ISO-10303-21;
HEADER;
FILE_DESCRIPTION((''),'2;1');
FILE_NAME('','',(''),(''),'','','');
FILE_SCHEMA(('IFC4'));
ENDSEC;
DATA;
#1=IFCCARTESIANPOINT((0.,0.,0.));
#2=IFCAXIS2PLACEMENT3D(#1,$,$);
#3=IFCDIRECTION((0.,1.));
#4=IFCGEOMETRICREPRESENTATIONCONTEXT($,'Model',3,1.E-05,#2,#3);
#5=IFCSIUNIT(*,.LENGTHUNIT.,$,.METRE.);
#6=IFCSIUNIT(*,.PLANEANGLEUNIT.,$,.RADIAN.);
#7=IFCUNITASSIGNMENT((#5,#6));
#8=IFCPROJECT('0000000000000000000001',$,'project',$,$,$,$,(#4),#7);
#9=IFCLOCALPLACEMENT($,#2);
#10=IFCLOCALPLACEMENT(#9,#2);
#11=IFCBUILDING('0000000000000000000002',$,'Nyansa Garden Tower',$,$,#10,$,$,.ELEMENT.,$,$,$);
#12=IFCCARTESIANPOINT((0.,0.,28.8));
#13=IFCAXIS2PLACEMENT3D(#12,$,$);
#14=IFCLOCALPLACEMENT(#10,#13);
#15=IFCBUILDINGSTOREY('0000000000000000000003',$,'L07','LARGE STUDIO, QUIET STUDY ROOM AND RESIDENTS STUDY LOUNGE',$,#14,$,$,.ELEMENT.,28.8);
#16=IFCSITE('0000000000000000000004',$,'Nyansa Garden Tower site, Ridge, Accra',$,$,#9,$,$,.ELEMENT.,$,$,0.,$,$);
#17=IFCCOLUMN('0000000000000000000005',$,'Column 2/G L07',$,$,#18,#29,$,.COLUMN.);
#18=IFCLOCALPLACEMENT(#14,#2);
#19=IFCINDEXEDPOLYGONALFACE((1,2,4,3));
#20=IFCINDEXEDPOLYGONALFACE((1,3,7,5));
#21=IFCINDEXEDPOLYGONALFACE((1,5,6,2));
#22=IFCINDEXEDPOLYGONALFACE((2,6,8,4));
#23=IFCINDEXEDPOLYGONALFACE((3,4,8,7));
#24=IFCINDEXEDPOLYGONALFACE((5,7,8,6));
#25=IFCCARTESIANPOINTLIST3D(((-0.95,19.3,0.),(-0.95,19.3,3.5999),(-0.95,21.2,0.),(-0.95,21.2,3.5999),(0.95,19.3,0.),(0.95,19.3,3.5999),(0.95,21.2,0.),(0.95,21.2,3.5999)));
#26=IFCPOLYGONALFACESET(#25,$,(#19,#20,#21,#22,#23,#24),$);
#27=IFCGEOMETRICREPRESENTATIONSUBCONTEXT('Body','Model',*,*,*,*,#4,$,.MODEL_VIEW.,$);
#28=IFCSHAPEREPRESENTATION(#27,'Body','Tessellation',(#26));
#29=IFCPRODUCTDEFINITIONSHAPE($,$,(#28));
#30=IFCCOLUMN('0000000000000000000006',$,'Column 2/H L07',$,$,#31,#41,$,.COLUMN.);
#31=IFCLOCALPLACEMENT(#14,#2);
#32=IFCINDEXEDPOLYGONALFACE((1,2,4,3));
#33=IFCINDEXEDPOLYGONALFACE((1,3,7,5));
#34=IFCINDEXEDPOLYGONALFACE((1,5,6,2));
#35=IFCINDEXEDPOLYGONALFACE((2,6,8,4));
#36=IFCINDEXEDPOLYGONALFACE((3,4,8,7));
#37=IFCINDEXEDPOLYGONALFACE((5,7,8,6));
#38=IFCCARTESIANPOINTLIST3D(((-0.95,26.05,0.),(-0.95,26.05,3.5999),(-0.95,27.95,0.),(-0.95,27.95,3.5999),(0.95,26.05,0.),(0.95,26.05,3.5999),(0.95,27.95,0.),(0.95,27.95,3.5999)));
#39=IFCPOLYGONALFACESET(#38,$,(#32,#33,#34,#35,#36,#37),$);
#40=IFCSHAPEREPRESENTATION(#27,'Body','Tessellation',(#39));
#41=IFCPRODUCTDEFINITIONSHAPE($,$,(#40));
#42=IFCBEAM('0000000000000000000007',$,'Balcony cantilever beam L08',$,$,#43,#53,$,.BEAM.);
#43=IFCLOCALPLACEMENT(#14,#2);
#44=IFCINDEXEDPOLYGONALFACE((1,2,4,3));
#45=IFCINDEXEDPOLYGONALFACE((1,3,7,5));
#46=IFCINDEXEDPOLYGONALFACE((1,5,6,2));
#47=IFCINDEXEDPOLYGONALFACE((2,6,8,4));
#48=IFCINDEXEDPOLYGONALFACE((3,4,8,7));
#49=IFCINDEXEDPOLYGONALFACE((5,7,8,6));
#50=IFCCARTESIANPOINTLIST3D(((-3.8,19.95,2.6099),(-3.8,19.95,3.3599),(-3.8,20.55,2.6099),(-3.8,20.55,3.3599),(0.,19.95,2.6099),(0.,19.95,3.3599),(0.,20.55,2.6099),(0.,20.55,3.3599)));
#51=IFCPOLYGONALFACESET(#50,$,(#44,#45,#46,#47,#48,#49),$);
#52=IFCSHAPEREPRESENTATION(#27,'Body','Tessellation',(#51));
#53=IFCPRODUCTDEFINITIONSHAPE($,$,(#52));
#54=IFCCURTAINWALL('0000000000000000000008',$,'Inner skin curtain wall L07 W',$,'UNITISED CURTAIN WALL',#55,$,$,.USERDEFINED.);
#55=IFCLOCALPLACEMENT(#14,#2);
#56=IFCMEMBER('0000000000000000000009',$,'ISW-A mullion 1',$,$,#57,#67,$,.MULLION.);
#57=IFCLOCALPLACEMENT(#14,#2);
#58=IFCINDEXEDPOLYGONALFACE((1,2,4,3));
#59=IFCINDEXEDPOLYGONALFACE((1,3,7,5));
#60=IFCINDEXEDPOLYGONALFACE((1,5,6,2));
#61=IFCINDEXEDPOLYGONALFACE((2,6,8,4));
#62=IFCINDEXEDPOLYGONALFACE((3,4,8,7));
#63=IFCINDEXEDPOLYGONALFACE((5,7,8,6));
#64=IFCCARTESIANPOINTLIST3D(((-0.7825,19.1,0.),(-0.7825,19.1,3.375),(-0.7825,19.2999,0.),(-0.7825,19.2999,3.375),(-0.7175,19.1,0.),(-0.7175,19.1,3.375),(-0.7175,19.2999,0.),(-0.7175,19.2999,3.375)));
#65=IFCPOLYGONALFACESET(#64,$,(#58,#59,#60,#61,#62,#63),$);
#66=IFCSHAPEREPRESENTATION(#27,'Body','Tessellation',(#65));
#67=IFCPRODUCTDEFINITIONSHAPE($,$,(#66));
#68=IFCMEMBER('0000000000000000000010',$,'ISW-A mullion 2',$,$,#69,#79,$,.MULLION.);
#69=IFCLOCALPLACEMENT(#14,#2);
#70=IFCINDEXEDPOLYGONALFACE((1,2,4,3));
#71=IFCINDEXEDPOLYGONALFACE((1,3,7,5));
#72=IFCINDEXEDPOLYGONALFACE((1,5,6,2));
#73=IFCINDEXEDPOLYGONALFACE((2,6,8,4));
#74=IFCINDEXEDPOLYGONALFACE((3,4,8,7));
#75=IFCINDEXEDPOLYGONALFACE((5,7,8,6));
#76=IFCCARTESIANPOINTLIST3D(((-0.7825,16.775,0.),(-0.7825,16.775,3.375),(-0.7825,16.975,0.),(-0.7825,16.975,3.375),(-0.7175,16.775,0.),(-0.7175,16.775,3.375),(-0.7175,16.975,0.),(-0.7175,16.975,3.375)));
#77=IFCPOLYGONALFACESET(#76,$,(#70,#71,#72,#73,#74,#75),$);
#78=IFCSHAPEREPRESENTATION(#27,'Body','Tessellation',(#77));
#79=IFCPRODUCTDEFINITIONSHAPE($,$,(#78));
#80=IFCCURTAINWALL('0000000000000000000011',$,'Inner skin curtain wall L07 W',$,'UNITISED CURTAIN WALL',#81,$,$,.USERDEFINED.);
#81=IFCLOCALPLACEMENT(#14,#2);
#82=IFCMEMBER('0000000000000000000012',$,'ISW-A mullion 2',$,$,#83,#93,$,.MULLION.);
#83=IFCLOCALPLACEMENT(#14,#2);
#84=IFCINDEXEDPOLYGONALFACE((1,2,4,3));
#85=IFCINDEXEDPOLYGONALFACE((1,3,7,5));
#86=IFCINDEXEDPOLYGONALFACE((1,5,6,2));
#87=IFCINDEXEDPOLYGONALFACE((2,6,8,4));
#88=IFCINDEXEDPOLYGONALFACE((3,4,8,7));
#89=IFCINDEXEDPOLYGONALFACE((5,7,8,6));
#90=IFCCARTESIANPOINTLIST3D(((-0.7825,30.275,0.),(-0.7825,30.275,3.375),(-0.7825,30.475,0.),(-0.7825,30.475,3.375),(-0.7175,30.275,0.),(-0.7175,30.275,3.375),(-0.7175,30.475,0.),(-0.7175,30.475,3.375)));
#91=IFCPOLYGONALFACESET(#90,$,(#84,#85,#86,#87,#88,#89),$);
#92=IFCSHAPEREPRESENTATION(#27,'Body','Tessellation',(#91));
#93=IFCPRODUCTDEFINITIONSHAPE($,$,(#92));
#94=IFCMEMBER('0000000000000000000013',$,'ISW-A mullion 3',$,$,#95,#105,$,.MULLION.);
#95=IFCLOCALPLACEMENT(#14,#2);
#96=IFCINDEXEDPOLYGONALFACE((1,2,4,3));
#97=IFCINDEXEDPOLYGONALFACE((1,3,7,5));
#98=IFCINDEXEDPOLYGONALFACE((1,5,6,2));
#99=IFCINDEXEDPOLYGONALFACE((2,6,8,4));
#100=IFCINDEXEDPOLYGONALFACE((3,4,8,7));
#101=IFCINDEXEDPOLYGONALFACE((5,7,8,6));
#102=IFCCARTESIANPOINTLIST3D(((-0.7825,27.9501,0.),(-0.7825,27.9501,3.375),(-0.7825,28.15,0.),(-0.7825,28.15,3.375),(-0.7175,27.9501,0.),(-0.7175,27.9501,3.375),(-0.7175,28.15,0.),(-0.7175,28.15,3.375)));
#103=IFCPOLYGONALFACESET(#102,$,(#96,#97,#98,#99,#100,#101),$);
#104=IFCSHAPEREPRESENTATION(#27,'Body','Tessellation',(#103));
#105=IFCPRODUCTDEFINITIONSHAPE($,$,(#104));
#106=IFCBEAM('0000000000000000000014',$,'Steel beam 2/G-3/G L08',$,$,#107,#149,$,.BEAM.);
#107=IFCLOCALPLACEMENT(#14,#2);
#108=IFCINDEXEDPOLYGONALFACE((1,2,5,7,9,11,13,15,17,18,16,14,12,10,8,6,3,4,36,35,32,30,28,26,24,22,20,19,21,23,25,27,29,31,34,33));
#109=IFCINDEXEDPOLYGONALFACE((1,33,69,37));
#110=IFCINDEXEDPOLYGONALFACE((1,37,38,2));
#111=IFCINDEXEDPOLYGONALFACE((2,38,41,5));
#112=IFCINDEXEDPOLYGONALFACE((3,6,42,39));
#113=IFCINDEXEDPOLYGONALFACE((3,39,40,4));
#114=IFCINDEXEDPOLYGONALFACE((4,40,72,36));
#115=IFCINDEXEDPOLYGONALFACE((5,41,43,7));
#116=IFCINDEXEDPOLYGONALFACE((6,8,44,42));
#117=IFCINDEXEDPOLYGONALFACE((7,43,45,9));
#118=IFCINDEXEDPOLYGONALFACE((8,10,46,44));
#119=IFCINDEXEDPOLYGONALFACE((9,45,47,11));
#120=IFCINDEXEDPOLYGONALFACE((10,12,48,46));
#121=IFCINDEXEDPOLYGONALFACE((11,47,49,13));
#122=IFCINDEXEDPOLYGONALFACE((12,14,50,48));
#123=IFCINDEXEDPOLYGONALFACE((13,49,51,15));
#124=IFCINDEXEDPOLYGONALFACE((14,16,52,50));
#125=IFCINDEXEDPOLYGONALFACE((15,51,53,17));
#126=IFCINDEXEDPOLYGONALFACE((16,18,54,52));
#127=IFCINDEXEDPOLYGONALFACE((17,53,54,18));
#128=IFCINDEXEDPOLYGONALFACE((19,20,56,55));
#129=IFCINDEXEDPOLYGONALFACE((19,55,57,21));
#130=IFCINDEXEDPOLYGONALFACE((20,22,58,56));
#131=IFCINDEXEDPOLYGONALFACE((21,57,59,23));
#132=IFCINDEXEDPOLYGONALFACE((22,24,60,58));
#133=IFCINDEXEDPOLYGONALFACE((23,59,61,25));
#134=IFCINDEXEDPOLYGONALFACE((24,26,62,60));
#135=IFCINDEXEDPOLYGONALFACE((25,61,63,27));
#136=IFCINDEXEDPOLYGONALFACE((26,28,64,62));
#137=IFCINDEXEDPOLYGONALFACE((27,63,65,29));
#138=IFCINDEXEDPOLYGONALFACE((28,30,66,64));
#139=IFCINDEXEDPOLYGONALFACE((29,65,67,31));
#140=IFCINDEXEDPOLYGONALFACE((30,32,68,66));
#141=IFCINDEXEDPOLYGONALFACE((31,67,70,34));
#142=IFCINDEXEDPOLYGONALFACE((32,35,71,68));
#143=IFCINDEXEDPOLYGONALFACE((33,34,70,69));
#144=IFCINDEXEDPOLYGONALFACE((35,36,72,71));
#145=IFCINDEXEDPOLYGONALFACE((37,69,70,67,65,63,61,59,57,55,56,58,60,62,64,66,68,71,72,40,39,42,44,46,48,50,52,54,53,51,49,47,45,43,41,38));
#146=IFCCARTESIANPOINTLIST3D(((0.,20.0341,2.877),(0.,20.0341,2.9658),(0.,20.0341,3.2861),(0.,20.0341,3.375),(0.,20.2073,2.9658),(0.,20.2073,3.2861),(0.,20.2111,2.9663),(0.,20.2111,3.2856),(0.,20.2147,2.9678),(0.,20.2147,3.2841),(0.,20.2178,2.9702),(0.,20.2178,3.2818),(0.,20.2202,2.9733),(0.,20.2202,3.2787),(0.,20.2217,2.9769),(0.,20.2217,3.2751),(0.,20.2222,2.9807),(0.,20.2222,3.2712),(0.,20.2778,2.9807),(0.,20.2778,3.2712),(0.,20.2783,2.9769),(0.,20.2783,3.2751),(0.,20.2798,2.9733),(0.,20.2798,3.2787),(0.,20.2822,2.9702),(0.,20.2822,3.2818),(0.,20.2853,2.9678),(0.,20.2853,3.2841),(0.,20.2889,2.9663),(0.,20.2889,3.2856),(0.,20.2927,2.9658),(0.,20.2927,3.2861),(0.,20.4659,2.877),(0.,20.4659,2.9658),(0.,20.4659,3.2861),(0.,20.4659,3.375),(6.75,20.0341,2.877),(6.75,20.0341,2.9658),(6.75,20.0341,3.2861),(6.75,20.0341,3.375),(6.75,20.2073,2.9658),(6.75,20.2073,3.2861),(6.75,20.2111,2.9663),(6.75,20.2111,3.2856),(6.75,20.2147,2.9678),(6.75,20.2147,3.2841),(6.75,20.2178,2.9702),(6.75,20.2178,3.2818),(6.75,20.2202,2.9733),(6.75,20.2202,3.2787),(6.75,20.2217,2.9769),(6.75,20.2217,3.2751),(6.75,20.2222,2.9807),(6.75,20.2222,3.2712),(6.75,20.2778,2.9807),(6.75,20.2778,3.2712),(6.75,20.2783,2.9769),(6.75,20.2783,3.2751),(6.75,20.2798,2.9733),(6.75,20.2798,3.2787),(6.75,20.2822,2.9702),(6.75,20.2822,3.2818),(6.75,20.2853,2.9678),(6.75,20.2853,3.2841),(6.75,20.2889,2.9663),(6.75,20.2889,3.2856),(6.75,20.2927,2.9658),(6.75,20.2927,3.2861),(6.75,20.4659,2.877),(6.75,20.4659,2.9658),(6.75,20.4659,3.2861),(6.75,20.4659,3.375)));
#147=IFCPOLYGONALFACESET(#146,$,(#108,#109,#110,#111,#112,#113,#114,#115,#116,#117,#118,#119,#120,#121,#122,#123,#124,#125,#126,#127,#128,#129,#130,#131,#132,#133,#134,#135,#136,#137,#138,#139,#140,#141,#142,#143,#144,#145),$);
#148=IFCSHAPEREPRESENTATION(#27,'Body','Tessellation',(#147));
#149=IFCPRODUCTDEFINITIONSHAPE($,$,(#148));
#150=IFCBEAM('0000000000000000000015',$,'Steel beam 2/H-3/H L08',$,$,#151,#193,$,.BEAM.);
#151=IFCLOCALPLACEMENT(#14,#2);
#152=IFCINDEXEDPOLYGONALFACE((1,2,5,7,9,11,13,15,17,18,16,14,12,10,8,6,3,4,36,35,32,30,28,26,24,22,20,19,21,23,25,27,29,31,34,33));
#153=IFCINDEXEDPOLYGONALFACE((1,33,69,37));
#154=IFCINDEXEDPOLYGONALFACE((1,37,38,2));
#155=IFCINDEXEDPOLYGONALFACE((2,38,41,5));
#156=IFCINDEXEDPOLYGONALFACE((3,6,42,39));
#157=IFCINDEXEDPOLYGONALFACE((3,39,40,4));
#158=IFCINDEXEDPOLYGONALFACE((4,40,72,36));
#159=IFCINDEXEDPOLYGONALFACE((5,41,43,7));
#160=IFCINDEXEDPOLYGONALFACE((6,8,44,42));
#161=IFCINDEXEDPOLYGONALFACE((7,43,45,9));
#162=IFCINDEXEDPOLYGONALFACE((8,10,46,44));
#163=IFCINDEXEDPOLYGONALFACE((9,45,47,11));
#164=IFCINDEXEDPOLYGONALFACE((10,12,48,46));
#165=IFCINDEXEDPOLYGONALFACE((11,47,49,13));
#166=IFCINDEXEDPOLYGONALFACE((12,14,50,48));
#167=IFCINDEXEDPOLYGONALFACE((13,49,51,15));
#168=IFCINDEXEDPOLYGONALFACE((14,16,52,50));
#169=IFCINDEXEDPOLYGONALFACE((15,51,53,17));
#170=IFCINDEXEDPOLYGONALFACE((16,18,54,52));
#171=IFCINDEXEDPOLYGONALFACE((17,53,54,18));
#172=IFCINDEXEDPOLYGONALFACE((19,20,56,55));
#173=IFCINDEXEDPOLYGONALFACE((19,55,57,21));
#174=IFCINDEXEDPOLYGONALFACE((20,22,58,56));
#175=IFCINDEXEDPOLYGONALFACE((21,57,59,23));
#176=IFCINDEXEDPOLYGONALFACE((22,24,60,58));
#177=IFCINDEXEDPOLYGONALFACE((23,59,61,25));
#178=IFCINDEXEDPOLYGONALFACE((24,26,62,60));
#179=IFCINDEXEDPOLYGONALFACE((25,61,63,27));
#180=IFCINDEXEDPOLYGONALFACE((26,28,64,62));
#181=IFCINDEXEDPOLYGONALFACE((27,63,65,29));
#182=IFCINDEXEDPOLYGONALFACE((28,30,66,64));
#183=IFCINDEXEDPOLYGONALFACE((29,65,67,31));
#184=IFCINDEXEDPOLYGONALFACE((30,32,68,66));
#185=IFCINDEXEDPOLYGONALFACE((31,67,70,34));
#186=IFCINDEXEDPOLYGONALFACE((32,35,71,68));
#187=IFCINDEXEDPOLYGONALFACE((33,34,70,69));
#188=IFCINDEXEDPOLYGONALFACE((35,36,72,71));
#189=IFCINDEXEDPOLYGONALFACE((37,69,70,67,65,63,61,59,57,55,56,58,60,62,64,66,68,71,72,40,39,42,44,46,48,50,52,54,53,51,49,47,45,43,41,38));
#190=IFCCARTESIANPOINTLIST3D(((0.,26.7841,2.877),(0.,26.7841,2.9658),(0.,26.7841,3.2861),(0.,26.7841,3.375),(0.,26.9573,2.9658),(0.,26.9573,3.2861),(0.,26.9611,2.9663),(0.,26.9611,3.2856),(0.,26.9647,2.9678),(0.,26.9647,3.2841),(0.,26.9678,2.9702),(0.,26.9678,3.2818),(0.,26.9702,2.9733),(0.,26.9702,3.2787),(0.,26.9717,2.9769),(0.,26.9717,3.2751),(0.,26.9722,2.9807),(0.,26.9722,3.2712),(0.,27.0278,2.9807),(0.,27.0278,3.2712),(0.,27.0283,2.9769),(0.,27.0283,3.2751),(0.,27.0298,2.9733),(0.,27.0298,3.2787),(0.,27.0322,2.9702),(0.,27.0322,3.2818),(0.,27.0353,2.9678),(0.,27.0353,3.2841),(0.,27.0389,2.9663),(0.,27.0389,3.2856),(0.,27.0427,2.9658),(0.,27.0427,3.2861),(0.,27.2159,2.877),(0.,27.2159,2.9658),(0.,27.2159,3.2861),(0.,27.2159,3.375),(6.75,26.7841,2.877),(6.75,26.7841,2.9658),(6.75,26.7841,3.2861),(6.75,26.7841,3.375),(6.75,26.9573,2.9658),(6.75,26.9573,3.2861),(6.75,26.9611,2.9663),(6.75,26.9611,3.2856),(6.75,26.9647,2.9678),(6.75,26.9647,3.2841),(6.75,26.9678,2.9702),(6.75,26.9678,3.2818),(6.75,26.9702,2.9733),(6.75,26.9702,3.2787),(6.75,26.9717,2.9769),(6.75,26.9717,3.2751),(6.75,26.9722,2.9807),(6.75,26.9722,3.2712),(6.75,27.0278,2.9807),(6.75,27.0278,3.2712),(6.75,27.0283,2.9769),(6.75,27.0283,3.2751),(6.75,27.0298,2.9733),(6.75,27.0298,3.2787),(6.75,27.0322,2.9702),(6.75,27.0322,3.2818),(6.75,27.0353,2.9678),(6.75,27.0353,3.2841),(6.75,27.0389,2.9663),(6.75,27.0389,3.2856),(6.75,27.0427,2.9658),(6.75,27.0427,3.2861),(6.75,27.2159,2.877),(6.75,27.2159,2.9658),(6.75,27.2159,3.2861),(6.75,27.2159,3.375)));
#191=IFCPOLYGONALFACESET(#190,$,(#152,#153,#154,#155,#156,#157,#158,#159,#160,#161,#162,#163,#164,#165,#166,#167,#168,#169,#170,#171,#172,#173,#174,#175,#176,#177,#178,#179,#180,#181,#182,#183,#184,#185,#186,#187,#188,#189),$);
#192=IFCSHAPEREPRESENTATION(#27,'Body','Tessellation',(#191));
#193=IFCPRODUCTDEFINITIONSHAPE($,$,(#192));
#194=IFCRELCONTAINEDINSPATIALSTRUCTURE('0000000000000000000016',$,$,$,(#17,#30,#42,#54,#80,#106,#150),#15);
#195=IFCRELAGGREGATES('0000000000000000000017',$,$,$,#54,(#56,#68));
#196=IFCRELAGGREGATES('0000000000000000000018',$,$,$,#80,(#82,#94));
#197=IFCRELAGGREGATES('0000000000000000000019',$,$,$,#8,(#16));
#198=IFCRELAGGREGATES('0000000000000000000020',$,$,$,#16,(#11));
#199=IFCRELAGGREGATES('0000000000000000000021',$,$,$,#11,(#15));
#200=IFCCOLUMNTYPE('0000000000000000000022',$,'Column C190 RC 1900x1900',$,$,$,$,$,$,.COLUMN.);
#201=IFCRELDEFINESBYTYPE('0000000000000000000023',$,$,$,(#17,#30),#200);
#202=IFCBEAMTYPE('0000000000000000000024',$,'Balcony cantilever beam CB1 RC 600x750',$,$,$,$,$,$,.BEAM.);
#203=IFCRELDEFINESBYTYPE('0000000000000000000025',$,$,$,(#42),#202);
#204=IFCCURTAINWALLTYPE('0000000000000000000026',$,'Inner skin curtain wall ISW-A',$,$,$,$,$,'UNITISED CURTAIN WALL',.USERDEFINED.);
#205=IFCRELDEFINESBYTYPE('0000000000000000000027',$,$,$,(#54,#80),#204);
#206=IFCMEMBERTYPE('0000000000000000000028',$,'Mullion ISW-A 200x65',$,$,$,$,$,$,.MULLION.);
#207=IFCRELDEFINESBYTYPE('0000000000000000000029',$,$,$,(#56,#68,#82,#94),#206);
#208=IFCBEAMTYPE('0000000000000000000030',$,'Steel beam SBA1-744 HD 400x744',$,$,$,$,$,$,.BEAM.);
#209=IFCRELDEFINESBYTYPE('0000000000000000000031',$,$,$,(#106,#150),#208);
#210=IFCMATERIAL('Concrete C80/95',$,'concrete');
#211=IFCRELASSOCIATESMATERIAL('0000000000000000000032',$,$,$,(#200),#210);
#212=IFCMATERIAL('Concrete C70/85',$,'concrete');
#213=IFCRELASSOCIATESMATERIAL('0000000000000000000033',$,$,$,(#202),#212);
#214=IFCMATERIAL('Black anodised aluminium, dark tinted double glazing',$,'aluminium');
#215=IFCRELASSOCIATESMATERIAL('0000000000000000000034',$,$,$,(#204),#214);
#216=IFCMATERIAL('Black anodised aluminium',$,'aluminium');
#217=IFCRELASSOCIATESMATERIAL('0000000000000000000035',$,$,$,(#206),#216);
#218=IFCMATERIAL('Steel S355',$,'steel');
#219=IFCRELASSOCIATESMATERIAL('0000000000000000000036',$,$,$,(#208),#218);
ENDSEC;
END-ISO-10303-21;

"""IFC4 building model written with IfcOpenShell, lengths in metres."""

from ifc_helpers import new_model, si_unit, direction, frame, origin, origin_2d, place, context, subcontext, project, spatial, rectangle, i_section, extrude, material, material_profile, profile_set, type_object, element, aggregate, save


model = new_model("IFC4")

# Units and contexts
model_context = context("Model", 3, precision=1e-05, world=origin(), true_north=direction((0.0, 1.0)))
body_context = subcontext(model_context, "Body", "Model", "MODEL_VIEW")
ifc_project = project(units=[si_unit("LENGTHUNIT", "METRE"), si_unit("PLANEANGLEUNIT", "RADIAN")], contexts=[model_context])

# Site, building, storey
site_placement = place(None, origin())
site = spatial("IfcSite", under=ifc_project, at=site_placement, Name="Nyansa Garden Tower site, Ridge, Accra", CompositionType="ELEMENT", RefElevation=0.0)
building_placement = place(site_placement, origin())
building = spatial("IfcBuilding", under=site, at=building_placement, Name="Nyansa Garden Tower", CompositionType="ELEMENT")
storey_placement = place(building_placement, frame((0.0, 0.0, 28.8)))
storey = spatial("IfcBuildingStorey", under=building, at=storey_placement, Name="L07", Description="LARGE STUDIO, QUIET STUDY ROOM AND RESIDENTS STUDY LOUNGE", CompositionType="ELEMENT", Elevation=28.8)

# Columns
ifc_material_1 = material(Name="Concrete C80/95", Category="concrete")
ifc_material_profile_1 = material_profile(ifc_material_1, rectangle(XDim=1.8999, YDim=1.8999, at=origin_2d()), Name="RC 1900x1900")
ifc_profile_set_1 = profile_set([ifc_material_profile_1], Name="Concrete C80/95")
column_type = type_object("IfcColumnType", Name="Column C190 RC 1900x1900", PredefinedType="COLUMN", material=ifc_profile_set_1)
for number, where, z_axis, x_axis, name in (
    (1, (0.0, 20.25, 0.0), (0.0, 0.0, 1.0), (1.0, 0.0, 0.0), "Column 2/G L07"),
    (2, (0.0, 27.0, 0.0), (0.0, 0.0, 1.0), (1.0, 0.0, 0.0), "Column 2/H L07"),
):
    element("IfcColumn", number, at=place(storey_placement, frame(where, z_axis=z_axis, x_axis=x_axis)), inside=storey, type_object=column_type, Name=name, PredefinedType="COLUMN", context=body_context, shape_type="SweptSolid", body=[
        extrude(rectangle(XDim=1.8999, YDim=1.8999, at=origin_2d()), origin(), (0.0, 0.0, 1.0), 3.5999),
    ])

# Beam
ifc_material_2 = material(Name="Concrete C70/85", Category="concrete")
ifc_material_profile_2 = material_profile(ifc_material_2, rectangle(XDim=0.6001, YDim=0.75, at=origin_2d()), Name="RC 600x750")
ifc_profile_set_2 = profile_set([ifc_material_profile_2], Name="Concrete C70/85")
beam_type_1 = type_object("IfcBeamType", Name="Balcony cantilever beam CB1 RC 600x750", PredefinedType="BEAM", material=ifc_profile_set_2)
beam_placement = place(storey_placement, frame((0.0, 20.25, 2.9849), z_axis=(-1.0, 0.0, 0.0), x_axis=(0.0, -1.0, 0.0)))
element("IfcBeam", 3, at=beam_placement, inside=storey, type_object=beam_type_1, Name="Balcony cantilever beam L08", PredefinedType="BEAM", context=body_context, shape_type="SweptSolid", body=[
    extrude(rectangle(XDim=0.6001, YDim=0.75, at=origin_2d()), origin(), (0.0, 0.0, 1.0), 3.8),
])

# Curtain walls, members
ifc_material_3 = material(Name="Black anodised aluminium, dark tinted double glazing", Category="aluminium")
curtain_wall_type = type_object("IfcCurtainWallType", Name="Inner skin curtain wall ISW-A", ElementType="UNITISED CURTAIN WALL", PredefinedType="USERDEFINED", material=ifc_material_3)
curtain_wall_1_placement = place(storey_placement, origin())
curtain_wall_1 = element("IfcCurtainWall", 4, at=curtain_wall_1_placement, inside=storey, type_object=curtain_wall_type, Name="Inner skin curtain wall L07 W", ObjectType="UNITISED CURTAIN WALL", PredefinedType="USERDEFINED")
ifc_material_4 = material(Name="Black anodised aluminium", Category="aluminium")
ifc_material_profile_3 = material_profile(ifc_material_4, rectangle(XDim=0.0649, YDim=0.2, at=origin_2d()), Name="Mullion 200x65")
ifc_profile_set_3 = profile_set([ifc_material_profile_3], Name="Black anodised aluminium")
member_type_1 = type_object("IfcMemberType", Name="Mullion ISW-A 200x65", PredefinedType="MULLION", material=ifc_profile_set_3)
member_1_placement = place(storey_placement, frame((-0.75, 19.2, 0.0), z_axis=(0.0, 0.0, 1.0), x_axis=(1.0, 0.0, 0.0)))
member_1 = element("IfcMember", 5, at=member_1_placement, type_object=member_type_1, Name="ISW-A mullion 1", PredefinedType="MULLION", context=body_context, shape_type="SweptSolid", body=[
    extrude(rectangle(XDim=0.0649, YDim=0.2, at=origin_2d()), origin(), (0.0, 0.0, 1.0), 3.375),
])
member_2_placement = place(storey_placement, frame((-0.75, 16.875, 0.0), z_axis=(0.0, 0.0, 1.0), x_axis=(1.0, 0.0, 0.0)))
member_2 = element("IfcMember", 6, at=member_2_placement, type_object=member_type_1, Name="ISW-A mullion 2", PredefinedType="MULLION", context=body_context, shape_type="SweptSolid", body=[
    extrude(rectangle(XDim=0.0649, YDim=0.2, at=origin_2d()), origin(), (0.0, 0.0, 1.0), 3.375),
])
curtain_wall_2_placement = place(storey_placement, origin())
curtain_wall_2 = element("IfcCurtainWall", 7, at=curtain_wall_2_placement, inside=storey, type_object=curtain_wall_type, Name="Inner skin curtain wall L07 W", ObjectType="UNITISED CURTAIN WALL", PredefinedType="USERDEFINED")
member_3_placement = place(storey_placement, frame((-0.75, 30.375, 0.0), z_axis=(0.0, 0.0, 1.0), x_axis=(1.0, 0.0, 0.0)))
member_3 = element("IfcMember", 8, at=member_3_placement, type_object=member_type_1, Name="ISW-A mullion 2", PredefinedType="MULLION", context=body_context, shape_type="SweptSolid", body=[
    extrude(rectangle(XDim=0.0649, YDim=0.2, at=origin_2d()), origin(), (0.0, 0.0, 1.0), 3.375),
])
member_4_placement = place(storey_placement, frame((-0.75, 28.05, 0.0), z_axis=(0.0, 0.0, 1.0), x_axis=(1.0, 0.0, 0.0)))
member_4 = element("IfcMember", 9, at=member_4_placement, type_object=member_type_1, Name="ISW-A mullion 3", PredefinedType="MULLION", context=body_context, shape_type="SweptSolid", body=[
    extrude(rectangle(XDim=0.0649, YDim=0.2, at=origin_2d()), origin(), (0.0, 0.0, 1.0), 3.375),
])

# Beams
ifc_material_5 = material(Name="Steel S355", Category="steel")
ifc_material_profile_4 = material_profile(ifc_material_5, i_section(OverallWidth=0.4319, OverallDepth=0.498, WebThickness=0.0557, FlangeThickness=0.0889, FilletRadius=0.0149, at=origin_2d()), Name="HD 400x744")
ifc_profile_set_4 = profile_set([ifc_material_profile_4], Name="Steel S355")
beam_type_2 = type_object("IfcBeamType", Name="Steel beam SBA1-744 HD 400x744", PredefinedType="BEAM", material=ifc_profile_set_4)
for number, where, z_axis, x_axis, name in (
    (10, (0.0, 20.25, 3.126), (1.0, 0.0, 0.0), (0.0, 1.0, 0.0), "Steel beam 2/G-3/G L08"),
    (11, (0.0, 27.0, 3.126), (1.0, 0.0, 0.0), (0.0, 1.0, 0.0), "Steel beam 2/H-3/H L08"),
):
    element("IfcBeam", number, at=place(storey_placement, frame(where, z_axis=z_axis, x_axis=x_axis)), inside=storey, type_object=beam_type_2, Name=name, PredefinedType="BEAM", context=body_context, shape_type="SweptSolid", body=[
        extrude(i_section(OverallWidth=0.4319, OverallDepth=0.498, WebThickness=0.0557, FlangeThickness=0.0889, FilletRadius=0.0149, at=origin_2d()), origin(), (0.0, 0.0, 1.0), 6.75),
    ])

aggregate(curtain_wall_1, [member_1, member_2])
aggregate(curtain_wall_2, [member_3, member_4])

save(model, "model.ifc")
